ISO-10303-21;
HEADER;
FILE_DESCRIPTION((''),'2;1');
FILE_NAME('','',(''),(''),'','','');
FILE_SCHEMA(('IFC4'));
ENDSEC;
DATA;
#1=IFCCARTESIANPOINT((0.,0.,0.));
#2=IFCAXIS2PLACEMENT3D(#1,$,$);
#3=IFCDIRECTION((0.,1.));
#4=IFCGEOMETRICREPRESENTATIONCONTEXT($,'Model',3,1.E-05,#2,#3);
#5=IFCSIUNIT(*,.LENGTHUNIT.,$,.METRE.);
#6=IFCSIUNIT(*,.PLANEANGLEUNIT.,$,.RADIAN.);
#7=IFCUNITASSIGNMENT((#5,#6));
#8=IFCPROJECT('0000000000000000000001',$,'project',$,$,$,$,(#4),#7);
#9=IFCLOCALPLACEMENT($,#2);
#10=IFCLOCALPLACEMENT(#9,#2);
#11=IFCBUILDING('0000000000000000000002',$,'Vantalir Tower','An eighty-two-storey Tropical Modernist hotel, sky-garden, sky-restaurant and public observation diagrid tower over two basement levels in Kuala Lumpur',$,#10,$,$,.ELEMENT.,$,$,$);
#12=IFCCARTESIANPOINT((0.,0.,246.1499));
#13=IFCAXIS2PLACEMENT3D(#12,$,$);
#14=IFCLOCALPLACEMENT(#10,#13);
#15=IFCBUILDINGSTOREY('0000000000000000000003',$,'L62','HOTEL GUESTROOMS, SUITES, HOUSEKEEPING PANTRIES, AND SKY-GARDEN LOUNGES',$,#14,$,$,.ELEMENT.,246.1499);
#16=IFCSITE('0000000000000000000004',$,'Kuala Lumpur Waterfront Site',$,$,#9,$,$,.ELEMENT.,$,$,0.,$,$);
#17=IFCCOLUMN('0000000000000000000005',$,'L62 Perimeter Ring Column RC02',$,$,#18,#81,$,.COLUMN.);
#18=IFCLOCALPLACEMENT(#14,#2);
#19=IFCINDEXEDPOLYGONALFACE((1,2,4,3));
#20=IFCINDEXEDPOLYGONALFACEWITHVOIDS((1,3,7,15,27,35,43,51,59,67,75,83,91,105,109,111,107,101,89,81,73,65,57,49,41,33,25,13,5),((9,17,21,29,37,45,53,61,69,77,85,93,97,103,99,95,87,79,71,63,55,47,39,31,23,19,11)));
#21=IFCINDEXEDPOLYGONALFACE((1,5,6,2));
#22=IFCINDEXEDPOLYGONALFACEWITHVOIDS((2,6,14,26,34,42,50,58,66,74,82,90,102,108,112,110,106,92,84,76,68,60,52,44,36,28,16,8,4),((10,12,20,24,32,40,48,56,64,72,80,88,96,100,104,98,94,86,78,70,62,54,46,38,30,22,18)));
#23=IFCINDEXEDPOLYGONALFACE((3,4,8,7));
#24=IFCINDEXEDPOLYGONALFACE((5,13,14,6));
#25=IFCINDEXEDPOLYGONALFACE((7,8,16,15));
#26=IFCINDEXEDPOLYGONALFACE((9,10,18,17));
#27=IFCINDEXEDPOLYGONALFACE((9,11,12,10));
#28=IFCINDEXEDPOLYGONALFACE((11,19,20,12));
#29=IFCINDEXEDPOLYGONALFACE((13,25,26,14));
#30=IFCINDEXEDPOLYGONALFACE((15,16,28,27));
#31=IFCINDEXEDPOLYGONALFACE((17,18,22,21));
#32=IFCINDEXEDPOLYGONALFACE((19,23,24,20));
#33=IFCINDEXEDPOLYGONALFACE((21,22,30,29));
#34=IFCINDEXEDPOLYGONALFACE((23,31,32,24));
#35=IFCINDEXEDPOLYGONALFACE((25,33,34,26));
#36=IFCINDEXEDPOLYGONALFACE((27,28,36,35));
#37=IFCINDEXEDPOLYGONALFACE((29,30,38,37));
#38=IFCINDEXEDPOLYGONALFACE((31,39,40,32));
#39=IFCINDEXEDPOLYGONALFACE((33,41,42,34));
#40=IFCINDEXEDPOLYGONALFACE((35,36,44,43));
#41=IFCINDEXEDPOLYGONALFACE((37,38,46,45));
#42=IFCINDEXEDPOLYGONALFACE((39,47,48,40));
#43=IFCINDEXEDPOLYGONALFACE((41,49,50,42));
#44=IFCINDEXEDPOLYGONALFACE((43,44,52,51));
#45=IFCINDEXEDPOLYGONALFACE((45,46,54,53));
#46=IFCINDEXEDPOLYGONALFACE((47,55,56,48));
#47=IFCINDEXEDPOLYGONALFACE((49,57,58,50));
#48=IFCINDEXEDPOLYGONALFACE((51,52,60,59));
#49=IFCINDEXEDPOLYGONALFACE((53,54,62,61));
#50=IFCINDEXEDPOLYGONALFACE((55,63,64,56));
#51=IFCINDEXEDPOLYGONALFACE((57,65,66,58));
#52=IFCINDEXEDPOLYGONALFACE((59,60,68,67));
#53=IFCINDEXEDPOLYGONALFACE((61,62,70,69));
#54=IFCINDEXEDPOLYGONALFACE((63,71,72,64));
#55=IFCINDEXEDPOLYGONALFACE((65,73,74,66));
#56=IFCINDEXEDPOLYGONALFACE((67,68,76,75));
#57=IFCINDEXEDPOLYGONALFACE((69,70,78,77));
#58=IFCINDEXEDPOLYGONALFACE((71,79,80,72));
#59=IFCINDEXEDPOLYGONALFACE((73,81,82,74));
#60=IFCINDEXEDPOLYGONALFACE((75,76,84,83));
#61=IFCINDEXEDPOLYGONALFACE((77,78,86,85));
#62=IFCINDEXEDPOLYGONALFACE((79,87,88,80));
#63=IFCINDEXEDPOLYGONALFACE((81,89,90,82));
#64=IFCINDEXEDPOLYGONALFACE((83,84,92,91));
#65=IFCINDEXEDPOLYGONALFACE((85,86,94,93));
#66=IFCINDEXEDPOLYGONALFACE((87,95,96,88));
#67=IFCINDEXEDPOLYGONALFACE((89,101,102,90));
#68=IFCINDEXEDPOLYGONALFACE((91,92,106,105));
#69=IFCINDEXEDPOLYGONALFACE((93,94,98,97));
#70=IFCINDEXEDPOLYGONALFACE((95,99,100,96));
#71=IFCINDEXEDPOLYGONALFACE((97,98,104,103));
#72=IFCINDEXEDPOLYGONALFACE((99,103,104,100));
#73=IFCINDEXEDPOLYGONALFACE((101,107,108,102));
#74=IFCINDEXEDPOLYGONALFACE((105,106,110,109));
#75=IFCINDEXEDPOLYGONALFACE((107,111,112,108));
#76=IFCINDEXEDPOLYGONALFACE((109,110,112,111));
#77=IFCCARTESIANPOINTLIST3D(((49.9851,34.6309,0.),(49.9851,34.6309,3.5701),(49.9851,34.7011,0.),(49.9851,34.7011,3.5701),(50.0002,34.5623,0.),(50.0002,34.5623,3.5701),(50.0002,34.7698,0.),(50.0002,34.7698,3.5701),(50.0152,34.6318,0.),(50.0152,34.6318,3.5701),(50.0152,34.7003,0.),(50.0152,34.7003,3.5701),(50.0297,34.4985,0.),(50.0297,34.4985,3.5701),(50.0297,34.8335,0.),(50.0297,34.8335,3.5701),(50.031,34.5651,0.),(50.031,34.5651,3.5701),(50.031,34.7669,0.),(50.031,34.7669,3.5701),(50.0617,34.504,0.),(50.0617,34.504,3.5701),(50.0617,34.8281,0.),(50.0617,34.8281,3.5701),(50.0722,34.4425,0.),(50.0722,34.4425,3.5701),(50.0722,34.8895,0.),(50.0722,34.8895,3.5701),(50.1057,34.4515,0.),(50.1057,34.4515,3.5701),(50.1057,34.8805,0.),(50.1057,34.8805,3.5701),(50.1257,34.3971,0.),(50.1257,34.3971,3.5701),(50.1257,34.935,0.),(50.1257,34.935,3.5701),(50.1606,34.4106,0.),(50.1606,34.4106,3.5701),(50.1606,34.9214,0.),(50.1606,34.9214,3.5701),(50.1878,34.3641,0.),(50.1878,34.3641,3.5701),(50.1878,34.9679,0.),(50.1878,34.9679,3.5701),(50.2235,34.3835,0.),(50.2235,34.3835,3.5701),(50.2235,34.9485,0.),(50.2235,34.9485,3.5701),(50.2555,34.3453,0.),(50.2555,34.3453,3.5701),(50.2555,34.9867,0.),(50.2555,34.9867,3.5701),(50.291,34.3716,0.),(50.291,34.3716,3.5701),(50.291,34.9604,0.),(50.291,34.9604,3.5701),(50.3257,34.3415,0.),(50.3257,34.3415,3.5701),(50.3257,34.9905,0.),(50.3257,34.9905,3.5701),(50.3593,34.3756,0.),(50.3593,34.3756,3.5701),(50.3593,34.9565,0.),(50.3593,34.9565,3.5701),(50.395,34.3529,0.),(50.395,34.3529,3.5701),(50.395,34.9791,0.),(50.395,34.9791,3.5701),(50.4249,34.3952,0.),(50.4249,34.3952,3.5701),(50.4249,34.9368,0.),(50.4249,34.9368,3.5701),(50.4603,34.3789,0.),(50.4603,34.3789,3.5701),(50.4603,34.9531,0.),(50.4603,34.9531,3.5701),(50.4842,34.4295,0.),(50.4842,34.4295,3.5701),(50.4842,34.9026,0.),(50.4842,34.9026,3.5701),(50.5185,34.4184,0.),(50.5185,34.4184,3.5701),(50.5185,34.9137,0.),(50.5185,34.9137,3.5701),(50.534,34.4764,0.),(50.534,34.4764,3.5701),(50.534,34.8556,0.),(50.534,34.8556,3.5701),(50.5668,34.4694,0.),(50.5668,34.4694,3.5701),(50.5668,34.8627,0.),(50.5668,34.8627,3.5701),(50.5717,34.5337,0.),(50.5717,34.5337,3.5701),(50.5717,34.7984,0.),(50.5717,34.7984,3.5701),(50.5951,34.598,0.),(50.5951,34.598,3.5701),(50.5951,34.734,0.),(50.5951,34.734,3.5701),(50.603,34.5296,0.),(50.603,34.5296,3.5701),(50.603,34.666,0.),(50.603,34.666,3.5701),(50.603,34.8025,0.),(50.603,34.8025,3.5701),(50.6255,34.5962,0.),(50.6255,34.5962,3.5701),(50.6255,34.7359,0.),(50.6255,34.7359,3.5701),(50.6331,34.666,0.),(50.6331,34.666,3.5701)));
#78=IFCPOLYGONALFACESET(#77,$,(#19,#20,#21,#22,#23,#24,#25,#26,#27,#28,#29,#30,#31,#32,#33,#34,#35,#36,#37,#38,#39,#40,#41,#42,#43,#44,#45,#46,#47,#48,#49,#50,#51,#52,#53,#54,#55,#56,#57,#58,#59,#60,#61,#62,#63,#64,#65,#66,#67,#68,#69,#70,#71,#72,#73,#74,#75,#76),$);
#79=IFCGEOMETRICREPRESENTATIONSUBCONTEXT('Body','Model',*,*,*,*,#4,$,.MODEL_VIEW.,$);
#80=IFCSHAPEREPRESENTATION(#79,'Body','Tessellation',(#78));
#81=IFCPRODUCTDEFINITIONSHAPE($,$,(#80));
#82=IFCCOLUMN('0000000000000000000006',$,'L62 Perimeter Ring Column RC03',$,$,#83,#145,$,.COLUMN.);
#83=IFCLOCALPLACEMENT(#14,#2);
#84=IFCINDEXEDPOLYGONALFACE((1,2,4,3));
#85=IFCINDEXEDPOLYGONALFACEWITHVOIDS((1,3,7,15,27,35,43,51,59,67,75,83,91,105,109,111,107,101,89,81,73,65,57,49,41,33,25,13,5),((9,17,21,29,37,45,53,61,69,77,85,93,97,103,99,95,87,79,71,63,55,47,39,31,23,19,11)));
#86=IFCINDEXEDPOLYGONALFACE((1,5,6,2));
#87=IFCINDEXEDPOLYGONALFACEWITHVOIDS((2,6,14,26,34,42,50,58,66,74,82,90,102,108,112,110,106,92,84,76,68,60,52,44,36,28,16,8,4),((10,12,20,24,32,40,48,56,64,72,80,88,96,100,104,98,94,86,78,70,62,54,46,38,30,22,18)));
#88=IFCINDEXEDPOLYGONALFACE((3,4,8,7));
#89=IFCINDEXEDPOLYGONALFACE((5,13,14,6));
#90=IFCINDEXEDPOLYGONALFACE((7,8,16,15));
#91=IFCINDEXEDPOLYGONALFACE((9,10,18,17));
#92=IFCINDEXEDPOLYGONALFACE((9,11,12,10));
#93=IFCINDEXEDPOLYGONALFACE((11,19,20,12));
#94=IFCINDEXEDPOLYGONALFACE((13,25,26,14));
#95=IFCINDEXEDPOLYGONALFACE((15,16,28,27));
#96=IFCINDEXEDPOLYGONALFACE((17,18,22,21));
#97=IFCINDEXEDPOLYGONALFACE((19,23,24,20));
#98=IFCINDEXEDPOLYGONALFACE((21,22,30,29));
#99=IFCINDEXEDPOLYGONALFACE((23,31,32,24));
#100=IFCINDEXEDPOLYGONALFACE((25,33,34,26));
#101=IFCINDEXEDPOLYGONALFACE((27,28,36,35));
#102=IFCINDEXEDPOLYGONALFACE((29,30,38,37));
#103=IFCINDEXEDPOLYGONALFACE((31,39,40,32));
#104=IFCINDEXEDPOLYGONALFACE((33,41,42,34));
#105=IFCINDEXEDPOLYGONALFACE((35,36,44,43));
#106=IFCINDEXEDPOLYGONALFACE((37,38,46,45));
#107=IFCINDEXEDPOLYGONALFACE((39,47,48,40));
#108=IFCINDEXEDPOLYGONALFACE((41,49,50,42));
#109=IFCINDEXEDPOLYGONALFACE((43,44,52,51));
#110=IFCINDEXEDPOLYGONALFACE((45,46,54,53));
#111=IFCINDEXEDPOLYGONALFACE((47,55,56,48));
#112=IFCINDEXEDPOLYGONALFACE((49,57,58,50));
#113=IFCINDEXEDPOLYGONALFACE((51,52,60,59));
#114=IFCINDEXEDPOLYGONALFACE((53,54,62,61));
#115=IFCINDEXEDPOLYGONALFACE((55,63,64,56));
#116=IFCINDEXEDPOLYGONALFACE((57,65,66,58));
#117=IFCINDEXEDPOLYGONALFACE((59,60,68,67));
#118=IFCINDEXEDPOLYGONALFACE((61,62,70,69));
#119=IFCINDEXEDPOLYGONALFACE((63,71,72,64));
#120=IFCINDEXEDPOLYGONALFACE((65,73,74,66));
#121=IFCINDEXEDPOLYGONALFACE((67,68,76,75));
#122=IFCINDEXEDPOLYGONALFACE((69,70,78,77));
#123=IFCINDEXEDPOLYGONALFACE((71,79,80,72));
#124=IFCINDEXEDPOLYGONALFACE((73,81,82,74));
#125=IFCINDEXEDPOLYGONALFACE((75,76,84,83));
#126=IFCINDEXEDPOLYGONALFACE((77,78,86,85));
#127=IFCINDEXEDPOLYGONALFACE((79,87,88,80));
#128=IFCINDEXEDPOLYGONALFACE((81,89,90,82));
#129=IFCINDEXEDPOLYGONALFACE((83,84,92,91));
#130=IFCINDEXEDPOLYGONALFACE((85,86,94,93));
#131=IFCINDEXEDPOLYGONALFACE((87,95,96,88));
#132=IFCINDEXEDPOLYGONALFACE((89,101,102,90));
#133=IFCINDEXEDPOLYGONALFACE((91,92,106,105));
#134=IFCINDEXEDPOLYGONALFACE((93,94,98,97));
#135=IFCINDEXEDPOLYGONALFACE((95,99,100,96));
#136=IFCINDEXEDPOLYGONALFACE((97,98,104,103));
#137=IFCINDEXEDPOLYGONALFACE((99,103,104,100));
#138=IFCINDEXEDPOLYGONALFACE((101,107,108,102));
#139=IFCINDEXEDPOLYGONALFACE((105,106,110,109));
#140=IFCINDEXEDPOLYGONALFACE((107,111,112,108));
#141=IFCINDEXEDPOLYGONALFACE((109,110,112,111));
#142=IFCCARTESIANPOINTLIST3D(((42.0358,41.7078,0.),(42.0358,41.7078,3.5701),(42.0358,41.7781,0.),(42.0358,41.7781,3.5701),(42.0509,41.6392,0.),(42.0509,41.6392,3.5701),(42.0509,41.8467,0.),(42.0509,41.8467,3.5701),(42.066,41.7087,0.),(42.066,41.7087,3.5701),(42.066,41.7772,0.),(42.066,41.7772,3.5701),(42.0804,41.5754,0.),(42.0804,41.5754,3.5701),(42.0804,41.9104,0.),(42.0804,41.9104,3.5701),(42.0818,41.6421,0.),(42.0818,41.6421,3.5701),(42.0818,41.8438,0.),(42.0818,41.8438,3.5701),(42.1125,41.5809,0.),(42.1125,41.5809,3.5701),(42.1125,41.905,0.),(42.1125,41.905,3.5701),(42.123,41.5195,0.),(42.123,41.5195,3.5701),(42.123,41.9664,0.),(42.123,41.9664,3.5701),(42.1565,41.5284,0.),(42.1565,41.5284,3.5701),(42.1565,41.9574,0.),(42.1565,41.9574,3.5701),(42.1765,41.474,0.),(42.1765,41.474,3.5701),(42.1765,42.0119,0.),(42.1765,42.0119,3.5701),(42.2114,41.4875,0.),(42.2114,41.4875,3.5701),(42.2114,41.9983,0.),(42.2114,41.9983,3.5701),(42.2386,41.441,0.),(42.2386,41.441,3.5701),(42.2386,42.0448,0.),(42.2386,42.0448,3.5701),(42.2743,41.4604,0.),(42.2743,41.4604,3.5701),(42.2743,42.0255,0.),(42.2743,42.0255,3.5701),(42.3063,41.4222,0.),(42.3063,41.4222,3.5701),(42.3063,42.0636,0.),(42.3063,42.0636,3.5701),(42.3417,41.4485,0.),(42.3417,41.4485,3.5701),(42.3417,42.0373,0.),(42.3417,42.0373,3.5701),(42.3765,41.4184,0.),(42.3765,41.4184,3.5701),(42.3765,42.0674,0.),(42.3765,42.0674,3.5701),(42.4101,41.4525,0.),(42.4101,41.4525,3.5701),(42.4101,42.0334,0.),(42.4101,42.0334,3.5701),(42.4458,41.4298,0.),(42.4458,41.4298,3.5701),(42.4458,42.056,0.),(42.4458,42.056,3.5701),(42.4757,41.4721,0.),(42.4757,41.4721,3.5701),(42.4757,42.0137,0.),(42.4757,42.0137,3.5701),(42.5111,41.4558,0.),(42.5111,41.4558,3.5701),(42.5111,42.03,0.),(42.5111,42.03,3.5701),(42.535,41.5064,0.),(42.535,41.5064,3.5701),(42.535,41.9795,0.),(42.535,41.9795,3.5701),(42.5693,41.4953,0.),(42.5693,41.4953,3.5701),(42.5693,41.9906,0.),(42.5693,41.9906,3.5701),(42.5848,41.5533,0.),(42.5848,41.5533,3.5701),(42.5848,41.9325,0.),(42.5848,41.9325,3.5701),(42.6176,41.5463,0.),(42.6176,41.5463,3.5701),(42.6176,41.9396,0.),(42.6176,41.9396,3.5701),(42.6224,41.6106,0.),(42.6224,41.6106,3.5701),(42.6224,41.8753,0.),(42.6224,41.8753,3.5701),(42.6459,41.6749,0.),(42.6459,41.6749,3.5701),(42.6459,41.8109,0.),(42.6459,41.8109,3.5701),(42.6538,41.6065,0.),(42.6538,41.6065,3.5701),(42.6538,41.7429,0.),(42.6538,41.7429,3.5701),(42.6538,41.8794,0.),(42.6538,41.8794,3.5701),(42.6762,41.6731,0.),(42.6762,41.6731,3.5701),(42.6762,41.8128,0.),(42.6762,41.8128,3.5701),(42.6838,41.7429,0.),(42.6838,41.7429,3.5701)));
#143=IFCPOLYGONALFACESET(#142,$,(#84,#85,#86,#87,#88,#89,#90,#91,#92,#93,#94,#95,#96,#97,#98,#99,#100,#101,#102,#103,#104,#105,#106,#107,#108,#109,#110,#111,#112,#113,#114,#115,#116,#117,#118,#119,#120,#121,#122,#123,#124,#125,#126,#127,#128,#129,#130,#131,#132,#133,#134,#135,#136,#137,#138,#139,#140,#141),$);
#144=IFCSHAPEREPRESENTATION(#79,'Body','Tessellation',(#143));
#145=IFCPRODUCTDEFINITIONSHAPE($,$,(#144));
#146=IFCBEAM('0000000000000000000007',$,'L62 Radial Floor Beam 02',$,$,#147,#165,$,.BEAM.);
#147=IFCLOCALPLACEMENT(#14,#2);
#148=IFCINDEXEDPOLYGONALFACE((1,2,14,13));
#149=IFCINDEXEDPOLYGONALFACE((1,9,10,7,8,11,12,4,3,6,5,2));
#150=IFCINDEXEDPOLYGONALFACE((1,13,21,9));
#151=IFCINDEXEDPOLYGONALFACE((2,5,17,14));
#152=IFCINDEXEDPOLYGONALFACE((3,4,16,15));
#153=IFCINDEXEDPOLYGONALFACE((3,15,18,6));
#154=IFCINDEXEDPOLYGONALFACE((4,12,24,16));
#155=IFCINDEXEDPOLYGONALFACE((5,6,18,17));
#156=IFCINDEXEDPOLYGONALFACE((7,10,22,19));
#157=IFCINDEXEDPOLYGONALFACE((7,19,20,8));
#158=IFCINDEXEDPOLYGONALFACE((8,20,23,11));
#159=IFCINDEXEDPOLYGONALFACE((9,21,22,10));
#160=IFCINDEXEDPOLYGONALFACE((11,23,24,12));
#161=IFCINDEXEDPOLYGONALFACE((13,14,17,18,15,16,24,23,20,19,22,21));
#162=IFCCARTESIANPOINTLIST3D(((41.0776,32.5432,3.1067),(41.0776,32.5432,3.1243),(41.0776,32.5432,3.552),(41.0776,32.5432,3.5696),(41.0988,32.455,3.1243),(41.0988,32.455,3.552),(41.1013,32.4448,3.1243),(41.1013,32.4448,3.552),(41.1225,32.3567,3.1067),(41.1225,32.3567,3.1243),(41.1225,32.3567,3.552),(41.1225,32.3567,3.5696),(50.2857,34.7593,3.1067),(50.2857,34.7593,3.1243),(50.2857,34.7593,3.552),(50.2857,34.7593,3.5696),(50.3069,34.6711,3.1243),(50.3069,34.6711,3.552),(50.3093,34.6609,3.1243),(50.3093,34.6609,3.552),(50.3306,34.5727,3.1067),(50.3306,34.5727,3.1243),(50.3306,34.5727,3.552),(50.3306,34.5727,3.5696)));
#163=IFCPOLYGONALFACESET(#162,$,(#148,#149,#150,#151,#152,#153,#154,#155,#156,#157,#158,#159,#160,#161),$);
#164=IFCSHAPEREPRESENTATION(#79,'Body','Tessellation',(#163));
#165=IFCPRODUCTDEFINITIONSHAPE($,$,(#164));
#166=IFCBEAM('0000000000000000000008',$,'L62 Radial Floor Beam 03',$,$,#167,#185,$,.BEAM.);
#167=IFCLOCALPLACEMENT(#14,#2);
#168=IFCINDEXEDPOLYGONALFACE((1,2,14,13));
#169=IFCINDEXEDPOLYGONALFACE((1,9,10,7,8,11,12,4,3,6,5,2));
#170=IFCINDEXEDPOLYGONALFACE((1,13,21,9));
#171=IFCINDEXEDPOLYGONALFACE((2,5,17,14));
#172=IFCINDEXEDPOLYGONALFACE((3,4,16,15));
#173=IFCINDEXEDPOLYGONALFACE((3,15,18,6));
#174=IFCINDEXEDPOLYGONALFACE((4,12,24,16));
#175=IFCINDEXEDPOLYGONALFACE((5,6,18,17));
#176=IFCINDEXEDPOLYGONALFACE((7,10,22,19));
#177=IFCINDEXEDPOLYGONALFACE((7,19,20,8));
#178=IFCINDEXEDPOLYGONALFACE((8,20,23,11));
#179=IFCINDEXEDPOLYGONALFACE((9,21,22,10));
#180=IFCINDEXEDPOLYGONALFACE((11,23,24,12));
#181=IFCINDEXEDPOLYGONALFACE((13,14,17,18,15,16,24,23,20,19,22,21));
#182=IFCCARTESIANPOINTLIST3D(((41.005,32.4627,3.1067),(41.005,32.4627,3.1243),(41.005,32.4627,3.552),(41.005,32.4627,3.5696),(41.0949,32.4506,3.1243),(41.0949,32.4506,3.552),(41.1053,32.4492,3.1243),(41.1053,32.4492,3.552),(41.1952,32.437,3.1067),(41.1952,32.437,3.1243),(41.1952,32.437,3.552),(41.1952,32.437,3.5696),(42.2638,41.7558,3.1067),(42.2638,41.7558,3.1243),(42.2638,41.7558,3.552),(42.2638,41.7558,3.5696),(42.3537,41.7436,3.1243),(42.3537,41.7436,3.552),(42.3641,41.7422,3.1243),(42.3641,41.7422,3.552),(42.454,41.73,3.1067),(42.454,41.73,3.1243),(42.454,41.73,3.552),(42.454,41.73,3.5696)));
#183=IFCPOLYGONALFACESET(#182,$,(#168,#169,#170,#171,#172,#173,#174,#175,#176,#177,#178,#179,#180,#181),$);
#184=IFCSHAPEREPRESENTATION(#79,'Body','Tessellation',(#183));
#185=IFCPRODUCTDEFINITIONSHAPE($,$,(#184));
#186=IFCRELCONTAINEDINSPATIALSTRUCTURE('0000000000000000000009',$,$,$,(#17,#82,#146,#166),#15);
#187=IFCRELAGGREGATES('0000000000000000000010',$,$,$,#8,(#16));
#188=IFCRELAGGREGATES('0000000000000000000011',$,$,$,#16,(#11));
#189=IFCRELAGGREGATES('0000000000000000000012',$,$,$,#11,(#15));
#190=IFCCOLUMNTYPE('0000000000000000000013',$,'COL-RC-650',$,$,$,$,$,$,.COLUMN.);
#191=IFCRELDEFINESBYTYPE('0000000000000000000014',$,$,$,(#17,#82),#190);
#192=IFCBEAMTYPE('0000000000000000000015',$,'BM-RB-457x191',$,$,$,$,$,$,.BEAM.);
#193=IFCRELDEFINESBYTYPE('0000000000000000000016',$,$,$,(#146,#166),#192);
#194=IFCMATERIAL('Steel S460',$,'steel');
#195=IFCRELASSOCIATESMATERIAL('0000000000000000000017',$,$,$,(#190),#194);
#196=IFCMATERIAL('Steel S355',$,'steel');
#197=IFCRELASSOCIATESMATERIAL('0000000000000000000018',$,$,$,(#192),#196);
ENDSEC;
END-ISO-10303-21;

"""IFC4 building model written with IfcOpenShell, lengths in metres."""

from ifc_helpers import new_model, si_unit, direction, frame, origin, origin_2d, place, context, subcontext, project, spatial, hollow_circle, i_section, extrude, material, material_profile, profile_set, type_object, element, save


model = new_model("IFC4")

# Units and contexts
model_context = context("Model", 3, precision=1e-05, world=origin(), true_north=direction((0.0, 1.0)))
body_context = subcontext(model_context, "Body", "Model", "MODEL_VIEW")
ifc_project = project(units=[si_unit("LENGTHUNIT", "METRE"), si_unit("PLANEANGLEUNIT", "RADIAN")], contexts=[model_context])

# Site, building, storey
site_placement = place(None, origin())
site = spatial("IfcSite", under=ifc_project, at=site_placement, Name="Kuala Lumpur Waterfront Site", CompositionType="ELEMENT", RefElevation=0.0)
building_placement = place(site_placement, origin())
building = spatial("IfcBuilding", under=site, at=building_placement, Name="Vantalir Tower", Description="An eighty-two-storey Tropical Modernist hotel, sky-garden, sky-restaurant and public observation diagrid tower over two basement levels in Kuala Lumpur", CompositionType="ELEMENT")
storey_placement = place(building_placement, frame((0.0, 0.0, 246.1499)))
storey = spatial("IfcBuildingStorey", under=building, at=storey_placement, Name="L62", Description="HOTEL GUESTROOMS, SUITES, HOUSEKEEPING PANTRIES, AND SKY-GARDEN LOUNGES", CompositionType="ELEMENT", Elevation=246.1499)

# Columns
ifc_material_1 = material(Name="Steel S460", Category="steel")
ifc_material_profile_1 = material_profile(ifc_material_1, hollow_circle(Radius=0.325, WallThickness=0.03, at=origin_2d()), Name="Steel S460")
ifc_profile_set_1 = profile_set([ifc_material_profile_1], Name="Steel S460")
column_type = type_object("IfcColumnType", Name="COL-RC-650", PredefinedType="COLUMN", material=ifc_profile_set_1)
for number, where, z_axis, x_axis, name in (
    (1, (50.3081, 34.666, 0.0), (0.0, 0.0, 1.0), (1.0, 0.0, 0.0), "L62 Perimeter Ring Column RC02"),
    (2, (42.3589, 41.7429, 0.0), (0.0, 0.0, 1.0), (1.0, 0.0, 0.0), "L62 Perimeter Ring Column RC03"),
):
    element("IfcColumn", number, at=place(storey_placement, frame(where, z_axis=z_axis, x_axis=x_axis)), inside=storey, type_object=column_type, Name=name, PredefinedType="COLUMN", context=body_context, shape_type="SweptSolid", body=[
        extrude(hollow_circle(Radius=0.325, WallThickness=0.03, at=origin_2d()), origin(), (0.0, 0.0, 1.0), 3.5701),
    ])

# Beams
ifc_material_2 = material(Name="Steel S355", Category="steel")
ifc_material_profile_2 = material_profile(ifc_material_2, i_section(OverallWidth=0.1919, OverallDepth=0.4629, WebThickness=0.0105, FlangeThickness=0.0176, at=origin_2d()), Name="Steel S355")
ifc_profile_set_2 = profile_set([ifc_material_profile_2], Name="Steel S355")
beam_type_1 = type_object("IfcBeamType", Name="BM-RB-457x191", PredefinedType="BEAM", material=ifc_profile_set_2)
beam_1_placement = place(storey_placement, frame((50.3081, 34.666, 3.3381), z_axis=(-0.97224, -0.233986, 0.0), x_axis=(0.233986, -0.97224, 0.0)))
element("IfcBeam", 3, at=beam_1_placement, inside=storey, type_object=beam_type_1, Name="L62 Radial Floor Beam 02", PredefinedType="BEAM", context=body_context, shape_type="SweptSolid", body=[
    extrude(i_section(OverallWidth=0.1919, OverallDepth=0.4629, WebThickness=0.0105, FlangeThickness=0.0176, at=origin_2d()), origin(), (0.0, 0.0, 1.0), 9.4709),
])
beam_2_placement = place(storey_placement, frame((42.3589, 41.7429, 3.3381), z_axis=(-0.13423, -0.99095, 0.0), x_axis=(0.99095, -0.13423, 0.0)))
element("IfcBeam", 4, at=beam_2_placement, inside=storey, type_object=beam_type_1, Name="L62 Radial Floor Beam 03", PredefinedType="BEAM", context=body_context, shape_type="SweptSolid", body=[
    extrude(i_section(OverallWidth=0.1919, OverallDepth=0.4629, WebThickness=0.0105, FlangeThickness=0.0176, at=origin_2d()), origin(), (0.0, 0.0, 1.0), 9.3779),
])

save(model, "model.ifc")
